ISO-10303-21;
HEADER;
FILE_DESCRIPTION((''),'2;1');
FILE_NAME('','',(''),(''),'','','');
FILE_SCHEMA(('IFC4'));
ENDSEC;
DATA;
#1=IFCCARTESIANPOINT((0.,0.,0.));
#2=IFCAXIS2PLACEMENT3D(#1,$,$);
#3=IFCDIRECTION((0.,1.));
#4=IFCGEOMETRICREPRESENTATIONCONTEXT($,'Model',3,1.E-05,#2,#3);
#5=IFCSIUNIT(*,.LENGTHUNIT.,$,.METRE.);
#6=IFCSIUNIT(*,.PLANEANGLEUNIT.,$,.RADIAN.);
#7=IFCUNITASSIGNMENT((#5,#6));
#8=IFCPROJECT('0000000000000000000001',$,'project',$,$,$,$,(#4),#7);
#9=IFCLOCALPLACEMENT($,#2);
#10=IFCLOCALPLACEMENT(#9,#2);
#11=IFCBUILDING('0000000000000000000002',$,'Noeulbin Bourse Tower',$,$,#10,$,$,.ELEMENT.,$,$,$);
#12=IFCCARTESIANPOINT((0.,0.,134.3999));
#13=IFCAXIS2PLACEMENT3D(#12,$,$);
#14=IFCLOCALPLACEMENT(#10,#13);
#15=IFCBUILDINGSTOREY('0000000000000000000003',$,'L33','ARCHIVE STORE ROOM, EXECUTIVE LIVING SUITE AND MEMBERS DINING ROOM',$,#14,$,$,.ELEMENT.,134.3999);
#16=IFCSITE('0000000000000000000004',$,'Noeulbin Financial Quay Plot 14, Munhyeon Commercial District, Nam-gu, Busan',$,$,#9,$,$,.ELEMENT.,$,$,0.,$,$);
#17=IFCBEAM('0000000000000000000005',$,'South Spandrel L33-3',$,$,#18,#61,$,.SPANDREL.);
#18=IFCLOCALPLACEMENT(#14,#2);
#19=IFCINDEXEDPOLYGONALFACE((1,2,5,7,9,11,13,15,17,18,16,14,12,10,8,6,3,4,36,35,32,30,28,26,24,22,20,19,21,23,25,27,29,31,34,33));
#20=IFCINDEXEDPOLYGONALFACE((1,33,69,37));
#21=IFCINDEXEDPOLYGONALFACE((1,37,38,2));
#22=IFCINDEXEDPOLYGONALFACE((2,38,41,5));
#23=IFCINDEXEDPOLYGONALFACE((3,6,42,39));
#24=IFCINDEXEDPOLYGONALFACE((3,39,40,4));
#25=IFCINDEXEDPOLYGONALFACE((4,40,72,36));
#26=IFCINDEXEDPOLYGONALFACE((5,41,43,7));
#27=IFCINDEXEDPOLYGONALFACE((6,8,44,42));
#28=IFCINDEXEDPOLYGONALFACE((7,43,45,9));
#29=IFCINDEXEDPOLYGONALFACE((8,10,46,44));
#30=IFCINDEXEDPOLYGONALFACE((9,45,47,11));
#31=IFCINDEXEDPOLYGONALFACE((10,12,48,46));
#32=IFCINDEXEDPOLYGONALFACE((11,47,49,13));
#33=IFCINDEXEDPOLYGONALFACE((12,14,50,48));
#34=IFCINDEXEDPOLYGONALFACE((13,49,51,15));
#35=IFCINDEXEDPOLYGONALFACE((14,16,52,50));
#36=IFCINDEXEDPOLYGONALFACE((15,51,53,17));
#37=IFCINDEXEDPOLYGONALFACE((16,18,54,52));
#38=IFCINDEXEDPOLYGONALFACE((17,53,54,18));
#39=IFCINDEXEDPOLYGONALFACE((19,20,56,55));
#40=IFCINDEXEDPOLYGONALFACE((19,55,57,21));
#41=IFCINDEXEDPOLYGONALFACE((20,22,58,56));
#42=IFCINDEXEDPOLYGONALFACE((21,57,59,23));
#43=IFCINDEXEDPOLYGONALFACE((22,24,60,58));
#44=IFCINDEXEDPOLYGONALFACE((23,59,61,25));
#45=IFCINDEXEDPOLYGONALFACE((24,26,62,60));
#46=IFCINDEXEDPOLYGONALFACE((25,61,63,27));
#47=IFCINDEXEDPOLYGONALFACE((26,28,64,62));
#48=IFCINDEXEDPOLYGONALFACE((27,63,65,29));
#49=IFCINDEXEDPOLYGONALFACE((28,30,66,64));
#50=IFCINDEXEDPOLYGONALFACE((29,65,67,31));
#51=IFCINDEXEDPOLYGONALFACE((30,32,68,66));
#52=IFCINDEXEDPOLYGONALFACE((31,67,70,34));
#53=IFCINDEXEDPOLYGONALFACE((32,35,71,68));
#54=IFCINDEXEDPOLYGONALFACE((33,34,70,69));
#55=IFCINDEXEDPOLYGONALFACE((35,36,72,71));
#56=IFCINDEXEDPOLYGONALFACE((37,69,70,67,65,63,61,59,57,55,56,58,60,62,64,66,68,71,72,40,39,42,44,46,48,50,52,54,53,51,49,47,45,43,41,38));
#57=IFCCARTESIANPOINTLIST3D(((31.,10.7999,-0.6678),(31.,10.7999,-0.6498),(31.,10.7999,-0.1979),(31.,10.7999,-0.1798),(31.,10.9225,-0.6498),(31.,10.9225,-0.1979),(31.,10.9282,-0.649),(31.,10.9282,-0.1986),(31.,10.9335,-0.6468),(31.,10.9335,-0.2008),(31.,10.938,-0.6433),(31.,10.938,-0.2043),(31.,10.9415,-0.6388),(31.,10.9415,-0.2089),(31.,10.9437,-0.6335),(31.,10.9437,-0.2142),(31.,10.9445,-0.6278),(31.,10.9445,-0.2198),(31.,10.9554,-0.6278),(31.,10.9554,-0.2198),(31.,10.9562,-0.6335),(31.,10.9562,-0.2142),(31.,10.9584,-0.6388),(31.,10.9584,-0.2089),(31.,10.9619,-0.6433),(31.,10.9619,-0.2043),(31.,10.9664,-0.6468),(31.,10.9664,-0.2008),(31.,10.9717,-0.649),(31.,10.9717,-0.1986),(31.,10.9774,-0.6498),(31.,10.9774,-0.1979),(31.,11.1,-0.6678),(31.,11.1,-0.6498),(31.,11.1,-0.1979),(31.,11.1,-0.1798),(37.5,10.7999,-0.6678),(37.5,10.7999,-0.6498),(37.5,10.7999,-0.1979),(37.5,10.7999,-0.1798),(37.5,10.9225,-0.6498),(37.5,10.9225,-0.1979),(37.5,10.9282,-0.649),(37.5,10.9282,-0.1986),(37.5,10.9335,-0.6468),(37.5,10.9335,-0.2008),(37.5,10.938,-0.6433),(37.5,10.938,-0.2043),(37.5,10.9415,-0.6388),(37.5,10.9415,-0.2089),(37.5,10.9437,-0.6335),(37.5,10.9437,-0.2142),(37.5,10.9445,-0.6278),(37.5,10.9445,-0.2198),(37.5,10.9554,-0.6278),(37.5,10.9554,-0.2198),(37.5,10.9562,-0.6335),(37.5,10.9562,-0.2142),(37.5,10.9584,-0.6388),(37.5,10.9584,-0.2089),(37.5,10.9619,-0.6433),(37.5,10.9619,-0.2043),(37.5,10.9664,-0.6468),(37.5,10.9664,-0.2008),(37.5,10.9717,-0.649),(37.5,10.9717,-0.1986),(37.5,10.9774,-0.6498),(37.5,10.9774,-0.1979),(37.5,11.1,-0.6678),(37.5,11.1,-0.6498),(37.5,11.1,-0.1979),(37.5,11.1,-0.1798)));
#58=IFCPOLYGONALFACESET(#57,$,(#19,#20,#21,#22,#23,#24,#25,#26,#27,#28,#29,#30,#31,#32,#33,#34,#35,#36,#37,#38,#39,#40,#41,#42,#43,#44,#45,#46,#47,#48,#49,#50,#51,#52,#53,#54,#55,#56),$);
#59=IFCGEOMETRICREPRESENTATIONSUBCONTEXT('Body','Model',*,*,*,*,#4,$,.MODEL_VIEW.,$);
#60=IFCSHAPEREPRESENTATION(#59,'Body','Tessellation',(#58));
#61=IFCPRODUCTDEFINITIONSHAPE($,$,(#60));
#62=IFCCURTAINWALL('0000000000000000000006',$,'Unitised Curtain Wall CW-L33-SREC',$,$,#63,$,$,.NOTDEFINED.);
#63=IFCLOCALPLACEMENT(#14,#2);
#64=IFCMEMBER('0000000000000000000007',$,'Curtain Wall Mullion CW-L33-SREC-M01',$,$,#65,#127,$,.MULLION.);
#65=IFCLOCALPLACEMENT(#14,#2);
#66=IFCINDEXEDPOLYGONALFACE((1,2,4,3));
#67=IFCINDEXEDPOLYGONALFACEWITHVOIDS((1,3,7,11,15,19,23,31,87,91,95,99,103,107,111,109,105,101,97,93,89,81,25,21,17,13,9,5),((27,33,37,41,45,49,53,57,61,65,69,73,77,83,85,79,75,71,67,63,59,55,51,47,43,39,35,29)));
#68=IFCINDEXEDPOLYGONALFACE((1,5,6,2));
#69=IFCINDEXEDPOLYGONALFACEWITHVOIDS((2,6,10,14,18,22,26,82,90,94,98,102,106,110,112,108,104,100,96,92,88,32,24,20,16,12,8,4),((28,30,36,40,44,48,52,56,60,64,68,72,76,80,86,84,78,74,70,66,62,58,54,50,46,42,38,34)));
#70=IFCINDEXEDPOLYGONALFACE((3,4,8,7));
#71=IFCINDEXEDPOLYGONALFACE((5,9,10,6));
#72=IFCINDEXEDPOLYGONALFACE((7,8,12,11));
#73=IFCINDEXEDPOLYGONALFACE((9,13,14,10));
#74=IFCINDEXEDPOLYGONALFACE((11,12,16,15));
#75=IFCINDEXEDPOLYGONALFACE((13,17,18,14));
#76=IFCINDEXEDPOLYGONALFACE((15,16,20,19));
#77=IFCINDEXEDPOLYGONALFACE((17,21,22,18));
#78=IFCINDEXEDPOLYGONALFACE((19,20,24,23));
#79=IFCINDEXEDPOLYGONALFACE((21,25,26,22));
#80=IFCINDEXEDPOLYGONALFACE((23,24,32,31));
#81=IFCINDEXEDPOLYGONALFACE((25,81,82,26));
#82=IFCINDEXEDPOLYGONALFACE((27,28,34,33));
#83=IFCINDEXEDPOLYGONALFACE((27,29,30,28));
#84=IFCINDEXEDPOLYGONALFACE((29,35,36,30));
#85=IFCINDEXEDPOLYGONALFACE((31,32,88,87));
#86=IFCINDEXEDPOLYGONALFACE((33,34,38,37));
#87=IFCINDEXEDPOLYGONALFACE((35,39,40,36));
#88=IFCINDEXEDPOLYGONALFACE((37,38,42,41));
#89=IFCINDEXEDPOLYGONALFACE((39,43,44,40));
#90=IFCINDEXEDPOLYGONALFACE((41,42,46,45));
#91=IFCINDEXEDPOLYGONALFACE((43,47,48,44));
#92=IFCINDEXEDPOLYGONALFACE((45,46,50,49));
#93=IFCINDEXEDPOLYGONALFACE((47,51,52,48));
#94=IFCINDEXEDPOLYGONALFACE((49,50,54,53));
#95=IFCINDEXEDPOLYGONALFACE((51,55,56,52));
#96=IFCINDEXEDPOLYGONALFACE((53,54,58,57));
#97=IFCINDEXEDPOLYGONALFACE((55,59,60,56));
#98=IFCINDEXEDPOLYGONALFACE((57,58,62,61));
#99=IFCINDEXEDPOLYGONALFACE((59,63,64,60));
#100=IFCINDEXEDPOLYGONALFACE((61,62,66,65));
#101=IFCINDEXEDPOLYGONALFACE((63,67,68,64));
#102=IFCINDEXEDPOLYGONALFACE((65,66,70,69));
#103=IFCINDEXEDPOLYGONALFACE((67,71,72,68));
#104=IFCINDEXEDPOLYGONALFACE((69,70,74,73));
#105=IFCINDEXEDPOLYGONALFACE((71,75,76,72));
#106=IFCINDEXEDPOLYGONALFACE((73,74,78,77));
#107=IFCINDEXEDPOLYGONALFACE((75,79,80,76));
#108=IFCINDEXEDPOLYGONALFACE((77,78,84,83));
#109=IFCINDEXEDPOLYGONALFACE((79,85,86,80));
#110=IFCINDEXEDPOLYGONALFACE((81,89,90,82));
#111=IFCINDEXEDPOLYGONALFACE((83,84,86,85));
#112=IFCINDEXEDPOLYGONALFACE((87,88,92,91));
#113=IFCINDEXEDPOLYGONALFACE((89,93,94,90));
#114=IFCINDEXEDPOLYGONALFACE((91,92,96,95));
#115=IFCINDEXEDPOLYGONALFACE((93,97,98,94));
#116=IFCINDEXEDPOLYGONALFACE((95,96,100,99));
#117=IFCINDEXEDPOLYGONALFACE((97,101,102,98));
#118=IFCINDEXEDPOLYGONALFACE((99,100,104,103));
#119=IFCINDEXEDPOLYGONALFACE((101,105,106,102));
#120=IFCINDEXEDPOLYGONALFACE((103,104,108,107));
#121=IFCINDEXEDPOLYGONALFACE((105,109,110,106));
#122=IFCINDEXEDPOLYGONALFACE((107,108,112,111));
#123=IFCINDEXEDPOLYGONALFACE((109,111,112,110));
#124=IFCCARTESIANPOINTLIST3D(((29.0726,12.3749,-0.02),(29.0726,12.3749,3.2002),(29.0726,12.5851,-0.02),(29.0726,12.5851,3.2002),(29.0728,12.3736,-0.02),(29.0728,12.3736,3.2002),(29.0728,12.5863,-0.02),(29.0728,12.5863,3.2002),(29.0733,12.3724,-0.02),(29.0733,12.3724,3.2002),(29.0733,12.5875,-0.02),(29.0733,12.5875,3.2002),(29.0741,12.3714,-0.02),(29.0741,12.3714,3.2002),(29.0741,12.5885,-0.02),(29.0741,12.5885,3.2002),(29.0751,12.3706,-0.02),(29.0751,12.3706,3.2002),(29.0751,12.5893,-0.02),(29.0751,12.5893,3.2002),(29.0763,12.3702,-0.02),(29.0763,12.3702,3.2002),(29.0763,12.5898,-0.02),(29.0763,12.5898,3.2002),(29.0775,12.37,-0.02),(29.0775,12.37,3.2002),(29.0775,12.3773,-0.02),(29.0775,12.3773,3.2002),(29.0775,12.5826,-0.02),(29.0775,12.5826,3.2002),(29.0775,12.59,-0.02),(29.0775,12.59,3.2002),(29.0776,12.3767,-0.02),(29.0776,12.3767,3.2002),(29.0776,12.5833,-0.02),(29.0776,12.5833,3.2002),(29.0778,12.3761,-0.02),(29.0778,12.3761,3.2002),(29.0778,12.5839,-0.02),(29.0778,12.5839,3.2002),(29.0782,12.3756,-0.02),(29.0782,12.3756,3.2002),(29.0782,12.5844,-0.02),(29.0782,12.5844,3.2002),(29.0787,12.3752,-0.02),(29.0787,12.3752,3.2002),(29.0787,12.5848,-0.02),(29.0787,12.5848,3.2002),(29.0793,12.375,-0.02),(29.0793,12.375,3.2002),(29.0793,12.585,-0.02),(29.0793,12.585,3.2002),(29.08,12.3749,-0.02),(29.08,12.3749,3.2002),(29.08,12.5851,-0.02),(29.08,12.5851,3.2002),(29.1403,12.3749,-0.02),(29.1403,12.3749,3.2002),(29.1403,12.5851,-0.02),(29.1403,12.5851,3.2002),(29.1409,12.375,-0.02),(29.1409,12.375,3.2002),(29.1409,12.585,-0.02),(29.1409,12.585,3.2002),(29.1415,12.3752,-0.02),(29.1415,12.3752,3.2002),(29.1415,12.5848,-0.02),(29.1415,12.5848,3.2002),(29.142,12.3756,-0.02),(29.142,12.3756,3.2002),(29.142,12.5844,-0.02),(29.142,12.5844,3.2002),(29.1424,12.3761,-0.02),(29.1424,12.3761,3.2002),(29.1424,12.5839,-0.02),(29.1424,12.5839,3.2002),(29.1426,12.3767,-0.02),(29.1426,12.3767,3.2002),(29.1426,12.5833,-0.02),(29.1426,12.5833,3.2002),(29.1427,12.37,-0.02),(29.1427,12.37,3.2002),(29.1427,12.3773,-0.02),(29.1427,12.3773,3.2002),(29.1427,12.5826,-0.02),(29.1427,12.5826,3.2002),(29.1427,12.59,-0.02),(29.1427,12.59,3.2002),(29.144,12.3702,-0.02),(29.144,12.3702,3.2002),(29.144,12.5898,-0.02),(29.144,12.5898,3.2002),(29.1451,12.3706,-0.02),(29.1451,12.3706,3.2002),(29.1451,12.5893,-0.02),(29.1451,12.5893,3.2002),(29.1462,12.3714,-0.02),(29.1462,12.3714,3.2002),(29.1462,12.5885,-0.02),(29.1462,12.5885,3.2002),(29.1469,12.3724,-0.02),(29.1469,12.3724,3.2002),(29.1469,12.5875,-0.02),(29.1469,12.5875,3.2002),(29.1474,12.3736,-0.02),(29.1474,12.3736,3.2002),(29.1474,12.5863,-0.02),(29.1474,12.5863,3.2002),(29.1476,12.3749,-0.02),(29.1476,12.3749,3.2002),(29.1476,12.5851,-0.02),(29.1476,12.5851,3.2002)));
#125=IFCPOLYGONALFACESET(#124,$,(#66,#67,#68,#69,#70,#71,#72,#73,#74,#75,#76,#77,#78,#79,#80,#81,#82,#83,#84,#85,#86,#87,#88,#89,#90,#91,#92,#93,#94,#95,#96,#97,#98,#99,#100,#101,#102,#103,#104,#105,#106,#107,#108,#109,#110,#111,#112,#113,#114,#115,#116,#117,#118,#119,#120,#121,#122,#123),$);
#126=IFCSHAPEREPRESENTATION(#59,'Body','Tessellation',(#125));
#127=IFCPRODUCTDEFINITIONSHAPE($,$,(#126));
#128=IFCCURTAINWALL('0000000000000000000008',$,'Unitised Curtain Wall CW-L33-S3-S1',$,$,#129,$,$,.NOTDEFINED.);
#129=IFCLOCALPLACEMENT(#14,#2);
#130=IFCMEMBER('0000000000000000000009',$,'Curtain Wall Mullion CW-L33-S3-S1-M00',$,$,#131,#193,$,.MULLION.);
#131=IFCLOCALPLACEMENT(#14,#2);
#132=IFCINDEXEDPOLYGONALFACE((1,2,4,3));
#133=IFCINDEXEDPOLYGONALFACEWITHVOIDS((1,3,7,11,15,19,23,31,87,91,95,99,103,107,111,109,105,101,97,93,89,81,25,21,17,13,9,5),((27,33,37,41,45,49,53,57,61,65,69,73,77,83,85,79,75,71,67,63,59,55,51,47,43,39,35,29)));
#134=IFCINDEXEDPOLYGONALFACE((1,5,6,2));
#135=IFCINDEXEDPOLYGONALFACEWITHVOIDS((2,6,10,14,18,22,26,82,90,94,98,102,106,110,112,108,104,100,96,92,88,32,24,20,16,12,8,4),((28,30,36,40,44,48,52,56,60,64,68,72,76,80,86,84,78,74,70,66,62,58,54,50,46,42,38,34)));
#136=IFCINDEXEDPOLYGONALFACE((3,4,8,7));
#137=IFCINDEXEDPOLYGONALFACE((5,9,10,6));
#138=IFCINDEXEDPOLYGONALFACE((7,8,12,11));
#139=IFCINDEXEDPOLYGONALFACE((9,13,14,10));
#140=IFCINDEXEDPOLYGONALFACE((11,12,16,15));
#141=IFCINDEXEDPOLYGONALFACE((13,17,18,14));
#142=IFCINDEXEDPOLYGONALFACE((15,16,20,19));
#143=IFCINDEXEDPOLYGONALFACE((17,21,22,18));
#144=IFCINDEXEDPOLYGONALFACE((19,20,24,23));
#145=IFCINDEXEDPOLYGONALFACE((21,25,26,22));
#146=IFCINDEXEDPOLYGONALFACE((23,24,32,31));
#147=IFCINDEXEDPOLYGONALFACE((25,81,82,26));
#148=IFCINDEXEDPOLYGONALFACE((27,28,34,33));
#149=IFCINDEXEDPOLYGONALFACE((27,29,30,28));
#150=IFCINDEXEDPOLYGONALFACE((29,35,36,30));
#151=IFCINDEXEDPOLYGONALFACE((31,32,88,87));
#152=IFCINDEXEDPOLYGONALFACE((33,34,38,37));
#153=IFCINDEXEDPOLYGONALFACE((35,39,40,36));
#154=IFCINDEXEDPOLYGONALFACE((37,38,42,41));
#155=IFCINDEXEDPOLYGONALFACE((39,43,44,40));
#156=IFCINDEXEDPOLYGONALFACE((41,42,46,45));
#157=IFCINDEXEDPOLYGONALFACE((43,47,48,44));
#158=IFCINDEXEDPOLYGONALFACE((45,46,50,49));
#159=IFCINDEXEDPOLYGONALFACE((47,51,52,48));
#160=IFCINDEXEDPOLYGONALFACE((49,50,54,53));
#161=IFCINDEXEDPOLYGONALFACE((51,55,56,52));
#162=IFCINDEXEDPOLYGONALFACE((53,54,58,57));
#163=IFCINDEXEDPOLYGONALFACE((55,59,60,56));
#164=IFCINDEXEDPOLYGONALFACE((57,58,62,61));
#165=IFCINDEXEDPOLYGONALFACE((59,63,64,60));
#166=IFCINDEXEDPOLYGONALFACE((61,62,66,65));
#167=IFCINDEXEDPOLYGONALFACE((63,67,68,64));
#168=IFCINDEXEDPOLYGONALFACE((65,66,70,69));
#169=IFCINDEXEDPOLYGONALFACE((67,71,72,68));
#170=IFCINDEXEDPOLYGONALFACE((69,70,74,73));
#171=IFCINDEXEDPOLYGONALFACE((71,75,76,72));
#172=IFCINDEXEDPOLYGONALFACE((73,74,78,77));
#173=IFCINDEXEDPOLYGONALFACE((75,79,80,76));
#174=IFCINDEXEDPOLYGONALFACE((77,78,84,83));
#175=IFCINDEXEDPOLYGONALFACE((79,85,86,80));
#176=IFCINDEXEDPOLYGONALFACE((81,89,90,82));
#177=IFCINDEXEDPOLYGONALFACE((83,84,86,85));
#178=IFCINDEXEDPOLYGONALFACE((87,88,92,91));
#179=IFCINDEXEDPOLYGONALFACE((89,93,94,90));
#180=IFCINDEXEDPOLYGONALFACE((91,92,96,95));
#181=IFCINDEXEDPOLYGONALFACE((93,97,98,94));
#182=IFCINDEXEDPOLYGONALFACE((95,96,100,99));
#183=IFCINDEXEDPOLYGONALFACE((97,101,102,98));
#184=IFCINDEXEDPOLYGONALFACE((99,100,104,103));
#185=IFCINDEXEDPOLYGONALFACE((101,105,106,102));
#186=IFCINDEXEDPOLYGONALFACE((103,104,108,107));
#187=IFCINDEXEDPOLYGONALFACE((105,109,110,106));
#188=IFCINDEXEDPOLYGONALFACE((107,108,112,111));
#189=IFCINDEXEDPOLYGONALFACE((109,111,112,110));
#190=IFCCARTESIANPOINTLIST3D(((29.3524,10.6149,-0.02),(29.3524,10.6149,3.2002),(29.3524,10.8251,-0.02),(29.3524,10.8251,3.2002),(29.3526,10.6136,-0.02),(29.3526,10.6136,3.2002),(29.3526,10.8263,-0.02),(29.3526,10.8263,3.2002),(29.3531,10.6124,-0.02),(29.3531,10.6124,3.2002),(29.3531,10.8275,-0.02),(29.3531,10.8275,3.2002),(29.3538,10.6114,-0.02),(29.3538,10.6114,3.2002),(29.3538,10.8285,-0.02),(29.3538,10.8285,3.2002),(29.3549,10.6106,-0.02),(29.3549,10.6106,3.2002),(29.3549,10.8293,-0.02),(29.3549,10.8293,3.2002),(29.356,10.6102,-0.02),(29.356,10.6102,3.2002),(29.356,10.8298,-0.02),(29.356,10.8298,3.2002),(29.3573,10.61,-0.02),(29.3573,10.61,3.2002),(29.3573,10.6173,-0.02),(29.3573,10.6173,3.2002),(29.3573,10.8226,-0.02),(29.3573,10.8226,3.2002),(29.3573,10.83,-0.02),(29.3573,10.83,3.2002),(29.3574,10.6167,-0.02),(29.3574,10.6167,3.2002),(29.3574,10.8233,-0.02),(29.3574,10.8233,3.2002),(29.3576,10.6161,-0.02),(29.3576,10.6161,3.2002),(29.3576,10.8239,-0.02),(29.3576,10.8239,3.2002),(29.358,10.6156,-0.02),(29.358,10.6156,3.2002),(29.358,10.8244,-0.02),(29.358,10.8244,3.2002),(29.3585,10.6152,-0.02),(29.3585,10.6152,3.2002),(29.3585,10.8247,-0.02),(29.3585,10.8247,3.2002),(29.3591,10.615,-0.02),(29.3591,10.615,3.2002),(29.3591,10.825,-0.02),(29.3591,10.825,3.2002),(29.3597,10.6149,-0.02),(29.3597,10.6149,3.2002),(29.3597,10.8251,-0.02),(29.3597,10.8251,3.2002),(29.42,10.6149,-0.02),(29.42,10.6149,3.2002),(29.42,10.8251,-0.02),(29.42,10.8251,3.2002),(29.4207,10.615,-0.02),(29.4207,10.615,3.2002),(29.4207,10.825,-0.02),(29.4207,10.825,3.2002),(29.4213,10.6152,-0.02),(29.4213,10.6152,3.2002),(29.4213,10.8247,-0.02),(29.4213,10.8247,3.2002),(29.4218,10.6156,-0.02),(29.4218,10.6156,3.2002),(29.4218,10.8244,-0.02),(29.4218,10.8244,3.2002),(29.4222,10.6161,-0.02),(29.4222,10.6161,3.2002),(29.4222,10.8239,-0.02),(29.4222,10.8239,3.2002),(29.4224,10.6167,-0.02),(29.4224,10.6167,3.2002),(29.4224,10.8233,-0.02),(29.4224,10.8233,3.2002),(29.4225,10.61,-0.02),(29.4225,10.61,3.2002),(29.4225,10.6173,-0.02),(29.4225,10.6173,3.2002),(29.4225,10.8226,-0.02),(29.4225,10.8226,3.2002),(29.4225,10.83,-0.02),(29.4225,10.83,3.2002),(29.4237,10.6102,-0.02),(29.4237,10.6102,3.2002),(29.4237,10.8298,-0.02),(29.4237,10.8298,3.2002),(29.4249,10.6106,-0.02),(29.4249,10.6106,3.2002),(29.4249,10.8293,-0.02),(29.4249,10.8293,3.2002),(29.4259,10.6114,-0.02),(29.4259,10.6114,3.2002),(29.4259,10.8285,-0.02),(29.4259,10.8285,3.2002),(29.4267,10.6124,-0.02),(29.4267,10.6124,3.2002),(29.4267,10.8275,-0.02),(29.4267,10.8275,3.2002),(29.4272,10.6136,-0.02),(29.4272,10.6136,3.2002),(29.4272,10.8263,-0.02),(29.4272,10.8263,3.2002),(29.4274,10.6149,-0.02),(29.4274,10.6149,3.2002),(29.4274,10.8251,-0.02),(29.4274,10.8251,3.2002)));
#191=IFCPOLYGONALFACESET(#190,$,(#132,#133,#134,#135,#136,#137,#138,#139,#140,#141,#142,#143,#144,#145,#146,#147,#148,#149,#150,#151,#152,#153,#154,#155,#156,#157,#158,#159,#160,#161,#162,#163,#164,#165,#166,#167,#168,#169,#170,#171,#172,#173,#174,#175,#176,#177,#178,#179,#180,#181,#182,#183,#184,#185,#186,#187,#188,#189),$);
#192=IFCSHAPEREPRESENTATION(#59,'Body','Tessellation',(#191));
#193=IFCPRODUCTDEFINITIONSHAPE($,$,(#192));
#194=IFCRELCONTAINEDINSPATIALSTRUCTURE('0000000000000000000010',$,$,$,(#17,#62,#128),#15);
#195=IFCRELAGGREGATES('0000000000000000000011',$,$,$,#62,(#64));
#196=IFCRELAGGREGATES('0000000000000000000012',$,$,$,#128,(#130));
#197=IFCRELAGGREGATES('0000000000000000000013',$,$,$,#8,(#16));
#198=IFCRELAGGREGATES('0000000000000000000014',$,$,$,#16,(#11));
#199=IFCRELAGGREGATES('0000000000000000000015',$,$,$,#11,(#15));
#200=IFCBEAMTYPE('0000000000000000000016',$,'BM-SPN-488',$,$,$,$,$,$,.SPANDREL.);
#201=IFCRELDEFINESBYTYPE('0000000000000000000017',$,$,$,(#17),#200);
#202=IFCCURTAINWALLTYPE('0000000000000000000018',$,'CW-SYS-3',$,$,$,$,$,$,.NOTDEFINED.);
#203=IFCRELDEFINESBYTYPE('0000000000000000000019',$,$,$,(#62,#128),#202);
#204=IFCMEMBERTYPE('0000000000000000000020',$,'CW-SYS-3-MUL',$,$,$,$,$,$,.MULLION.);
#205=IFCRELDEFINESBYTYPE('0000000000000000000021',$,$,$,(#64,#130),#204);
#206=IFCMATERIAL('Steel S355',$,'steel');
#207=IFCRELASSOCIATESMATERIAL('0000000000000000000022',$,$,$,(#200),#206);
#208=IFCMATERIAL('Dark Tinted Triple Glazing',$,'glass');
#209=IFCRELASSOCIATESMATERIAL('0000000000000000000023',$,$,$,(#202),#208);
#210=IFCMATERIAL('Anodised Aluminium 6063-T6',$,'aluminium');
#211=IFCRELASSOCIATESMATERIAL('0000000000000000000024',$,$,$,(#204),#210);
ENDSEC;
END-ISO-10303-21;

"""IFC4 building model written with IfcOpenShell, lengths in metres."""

from ifc_helpers import new_model, si_unit, direction, frame, origin, origin_2d, place, context, subcontext, project, spatial, hollow_rectangle, i_section, extrude, material, material_profile, profile_set, type_object, element, aggregate, save


model = new_model("IFC4")

# Units and contexts
model_context = context("Model", 3, precision=1e-05, world=origin(), true_north=direction((0.0, 1.0)))
body_context = subcontext(model_context, "Body", "Model", "MODEL_VIEW")
ifc_project = project(units=[si_unit("LENGTHUNIT", "METRE"), si_unit("PLANEANGLEUNIT", "RADIAN")], contexts=[model_context])

# Site, building, storey
site_placement = place(None, origin())
site = spatial("IfcSite", under=ifc_project, at=site_placement, Name="Noeulbin Financial Quay Plot 14, Munhyeon Commercial District, Nam-gu, Busan", CompositionType="ELEMENT", RefElevation=0.0)
building_placement = place(site_placement, origin())
building = spatial("IfcBuilding", under=site, at=building_placement, Name="Noeulbin Bourse Tower", CompositionType="ELEMENT")
storey_placement = place(building_placement, frame((0.0, 0.0, 134.3999)))
storey = spatial("IfcBuildingStorey", under=building, at=storey_placement, Name="L33", Description="ARCHIVE STORE ROOM, EXECUTIVE LIVING SUITE AND MEMBERS DINING ROOM", CompositionType="ELEMENT", Elevation=134.3999)

# Shared definitions
ifc_material_1 = material(Name="Steel S355", Category="steel")

# Beam
ifc_material_profile_1 = material_profile(ifc_material_1, i_section(OverallWidth=0.3, OverallDepth=0.488, WebThickness=0.011, FlangeThickness=0.0181, FilletRadius=0.022, at=origin_2d()), Name="H-488x300x11x18", Category="LoadBearing")
ifc_profile_set_1 = profile_set([ifc_material_profile_1], Name="Steel S355")
beam_type_1 = type_object("IfcBeamType", Name="BM-SPN-488", PredefinedType="SPANDREL", material=ifc_profile_set_1)
beam_1_placement = place(storey_placement, frame((31.0, 10.95, -0.4238), z_axis=(1.0, 0.0, 0.0), x_axis=(0.0, 1.0, 0.0)))
element("IfcBeam", 1, at=beam_1_placement, inside=storey, type_object=beam_type_1, Name="South Spandrel L33-3", PredefinedType="SPANDREL", context=body_context, shape_type="SweptSolid", body=[
    extrude(i_section(OverallWidth=0.3, OverallDepth=0.488, WebThickness=0.011, FlangeThickness=0.0181, FilletRadius=0.022, at=origin_2d()), origin(), (0.0, 0.0, 1.0), 6.5),
])

# Curtain wall, member
ifc_material_2 = material(Name="Dark Tinted Triple Glazing", Category="glass")
curtain_wall_type = type_object("IfcCurtainWallType", Name="CW-SYS-3", PredefinedType="NOTDEFINED", material=ifc_material_2)
curtain_wall_1_placement = place(storey_placement, origin())
curtain_wall_1 = element("IfcCurtainWall", 2, at=curtain_wall_1_placement, inside=storey, type_object=curtain_wall_type, Name="Unitised Curtain Wall CW-L33-SREC", PredefinedType="NOTDEFINED")
ifc_material_3 = material(Name="Anodised Aluminium 6063-T6", Category="aluminium")
ifc_material_profile_2 = material_profile(ifc_material_3, hollow_rectangle(XDim=0.075, YDim=0.22, WallThickness=0.0049, InnerFilletRadius=0.0024, OuterFilletRadius=0.0049, at=origin_2d()), Name="ALU-MULL-75x220x5", Category="LoadBearing")
ifc_profile_set_2 = profile_set([ifc_material_profile_2], Name="Anodised Aluminium 6063-T6")
member_type_1 = type_object("IfcMemberType", Name="CW-SYS-3-MUL", PredefinedType="MULLION", material=ifc_profile_set_2)
member_1_placement = place(storey_placement, frame((29.1101, 12.48, -0.02), z_axis=(0.0, 0.0, 1.0), x_axis=(1.0, 0.0, 0.0)))
member_1 = element("IfcMember", 3, at=member_1_placement, type_object=member_type_1, Name="Curtain Wall Mullion CW-L33-SREC-M01", PredefinedType="MULLION", context=body_context, shape_type="SweptSolid", body=[
    extrude(hollow_rectangle(XDim=0.075, YDim=0.22, WallThickness=0.0049, InnerFilletRadius=0.0024, OuterFilletRadius=0.0049, at=origin_2d()), origin(), (0.0, 0.0, 1.0), 3.2202),
])

# Curtain wall, member
curtain_wall_2_placement = place(storey_placement, origin())
curtain_wall_2 = element("IfcCurtainWall", 4, at=curtain_wall_2_placement, inside=storey, type_object=curtain_wall_type, Name="Unitised Curtain Wall CW-L33-S3-S1", PredefinedType="NOTDEFINED")
member_2_placement = place(storey_placement, frame((29.3899, 10.72, -0.02), z_axis=(0.0, 0.0, 1.0), x_axis=(1.0, 0.0, 0.0)))
member_2 = element("IfcMember", 5, at=member_2_placement, type_object=member_type_1, Name="Curtain Wall Mullion CW-L33-S3-S1-M00", PredefinedType="MULLION", context=body_context, shape_type="SweptSolid", body=[
    extrude(hollow_rectangle(XDim=0.075, YDim=0.22, WallThickness=0.0049, InnerFilletRadius=0.0024, OuterFilletRadius=0.0049, at=origin_2d()), origin(), (0.0, 0.0, 1.0), 3.2202),
])

aggregate(curtain_wall_1, [member_1])
aggregate(curtain_wall_2, [member_2])

save(model, "model.ifc")
